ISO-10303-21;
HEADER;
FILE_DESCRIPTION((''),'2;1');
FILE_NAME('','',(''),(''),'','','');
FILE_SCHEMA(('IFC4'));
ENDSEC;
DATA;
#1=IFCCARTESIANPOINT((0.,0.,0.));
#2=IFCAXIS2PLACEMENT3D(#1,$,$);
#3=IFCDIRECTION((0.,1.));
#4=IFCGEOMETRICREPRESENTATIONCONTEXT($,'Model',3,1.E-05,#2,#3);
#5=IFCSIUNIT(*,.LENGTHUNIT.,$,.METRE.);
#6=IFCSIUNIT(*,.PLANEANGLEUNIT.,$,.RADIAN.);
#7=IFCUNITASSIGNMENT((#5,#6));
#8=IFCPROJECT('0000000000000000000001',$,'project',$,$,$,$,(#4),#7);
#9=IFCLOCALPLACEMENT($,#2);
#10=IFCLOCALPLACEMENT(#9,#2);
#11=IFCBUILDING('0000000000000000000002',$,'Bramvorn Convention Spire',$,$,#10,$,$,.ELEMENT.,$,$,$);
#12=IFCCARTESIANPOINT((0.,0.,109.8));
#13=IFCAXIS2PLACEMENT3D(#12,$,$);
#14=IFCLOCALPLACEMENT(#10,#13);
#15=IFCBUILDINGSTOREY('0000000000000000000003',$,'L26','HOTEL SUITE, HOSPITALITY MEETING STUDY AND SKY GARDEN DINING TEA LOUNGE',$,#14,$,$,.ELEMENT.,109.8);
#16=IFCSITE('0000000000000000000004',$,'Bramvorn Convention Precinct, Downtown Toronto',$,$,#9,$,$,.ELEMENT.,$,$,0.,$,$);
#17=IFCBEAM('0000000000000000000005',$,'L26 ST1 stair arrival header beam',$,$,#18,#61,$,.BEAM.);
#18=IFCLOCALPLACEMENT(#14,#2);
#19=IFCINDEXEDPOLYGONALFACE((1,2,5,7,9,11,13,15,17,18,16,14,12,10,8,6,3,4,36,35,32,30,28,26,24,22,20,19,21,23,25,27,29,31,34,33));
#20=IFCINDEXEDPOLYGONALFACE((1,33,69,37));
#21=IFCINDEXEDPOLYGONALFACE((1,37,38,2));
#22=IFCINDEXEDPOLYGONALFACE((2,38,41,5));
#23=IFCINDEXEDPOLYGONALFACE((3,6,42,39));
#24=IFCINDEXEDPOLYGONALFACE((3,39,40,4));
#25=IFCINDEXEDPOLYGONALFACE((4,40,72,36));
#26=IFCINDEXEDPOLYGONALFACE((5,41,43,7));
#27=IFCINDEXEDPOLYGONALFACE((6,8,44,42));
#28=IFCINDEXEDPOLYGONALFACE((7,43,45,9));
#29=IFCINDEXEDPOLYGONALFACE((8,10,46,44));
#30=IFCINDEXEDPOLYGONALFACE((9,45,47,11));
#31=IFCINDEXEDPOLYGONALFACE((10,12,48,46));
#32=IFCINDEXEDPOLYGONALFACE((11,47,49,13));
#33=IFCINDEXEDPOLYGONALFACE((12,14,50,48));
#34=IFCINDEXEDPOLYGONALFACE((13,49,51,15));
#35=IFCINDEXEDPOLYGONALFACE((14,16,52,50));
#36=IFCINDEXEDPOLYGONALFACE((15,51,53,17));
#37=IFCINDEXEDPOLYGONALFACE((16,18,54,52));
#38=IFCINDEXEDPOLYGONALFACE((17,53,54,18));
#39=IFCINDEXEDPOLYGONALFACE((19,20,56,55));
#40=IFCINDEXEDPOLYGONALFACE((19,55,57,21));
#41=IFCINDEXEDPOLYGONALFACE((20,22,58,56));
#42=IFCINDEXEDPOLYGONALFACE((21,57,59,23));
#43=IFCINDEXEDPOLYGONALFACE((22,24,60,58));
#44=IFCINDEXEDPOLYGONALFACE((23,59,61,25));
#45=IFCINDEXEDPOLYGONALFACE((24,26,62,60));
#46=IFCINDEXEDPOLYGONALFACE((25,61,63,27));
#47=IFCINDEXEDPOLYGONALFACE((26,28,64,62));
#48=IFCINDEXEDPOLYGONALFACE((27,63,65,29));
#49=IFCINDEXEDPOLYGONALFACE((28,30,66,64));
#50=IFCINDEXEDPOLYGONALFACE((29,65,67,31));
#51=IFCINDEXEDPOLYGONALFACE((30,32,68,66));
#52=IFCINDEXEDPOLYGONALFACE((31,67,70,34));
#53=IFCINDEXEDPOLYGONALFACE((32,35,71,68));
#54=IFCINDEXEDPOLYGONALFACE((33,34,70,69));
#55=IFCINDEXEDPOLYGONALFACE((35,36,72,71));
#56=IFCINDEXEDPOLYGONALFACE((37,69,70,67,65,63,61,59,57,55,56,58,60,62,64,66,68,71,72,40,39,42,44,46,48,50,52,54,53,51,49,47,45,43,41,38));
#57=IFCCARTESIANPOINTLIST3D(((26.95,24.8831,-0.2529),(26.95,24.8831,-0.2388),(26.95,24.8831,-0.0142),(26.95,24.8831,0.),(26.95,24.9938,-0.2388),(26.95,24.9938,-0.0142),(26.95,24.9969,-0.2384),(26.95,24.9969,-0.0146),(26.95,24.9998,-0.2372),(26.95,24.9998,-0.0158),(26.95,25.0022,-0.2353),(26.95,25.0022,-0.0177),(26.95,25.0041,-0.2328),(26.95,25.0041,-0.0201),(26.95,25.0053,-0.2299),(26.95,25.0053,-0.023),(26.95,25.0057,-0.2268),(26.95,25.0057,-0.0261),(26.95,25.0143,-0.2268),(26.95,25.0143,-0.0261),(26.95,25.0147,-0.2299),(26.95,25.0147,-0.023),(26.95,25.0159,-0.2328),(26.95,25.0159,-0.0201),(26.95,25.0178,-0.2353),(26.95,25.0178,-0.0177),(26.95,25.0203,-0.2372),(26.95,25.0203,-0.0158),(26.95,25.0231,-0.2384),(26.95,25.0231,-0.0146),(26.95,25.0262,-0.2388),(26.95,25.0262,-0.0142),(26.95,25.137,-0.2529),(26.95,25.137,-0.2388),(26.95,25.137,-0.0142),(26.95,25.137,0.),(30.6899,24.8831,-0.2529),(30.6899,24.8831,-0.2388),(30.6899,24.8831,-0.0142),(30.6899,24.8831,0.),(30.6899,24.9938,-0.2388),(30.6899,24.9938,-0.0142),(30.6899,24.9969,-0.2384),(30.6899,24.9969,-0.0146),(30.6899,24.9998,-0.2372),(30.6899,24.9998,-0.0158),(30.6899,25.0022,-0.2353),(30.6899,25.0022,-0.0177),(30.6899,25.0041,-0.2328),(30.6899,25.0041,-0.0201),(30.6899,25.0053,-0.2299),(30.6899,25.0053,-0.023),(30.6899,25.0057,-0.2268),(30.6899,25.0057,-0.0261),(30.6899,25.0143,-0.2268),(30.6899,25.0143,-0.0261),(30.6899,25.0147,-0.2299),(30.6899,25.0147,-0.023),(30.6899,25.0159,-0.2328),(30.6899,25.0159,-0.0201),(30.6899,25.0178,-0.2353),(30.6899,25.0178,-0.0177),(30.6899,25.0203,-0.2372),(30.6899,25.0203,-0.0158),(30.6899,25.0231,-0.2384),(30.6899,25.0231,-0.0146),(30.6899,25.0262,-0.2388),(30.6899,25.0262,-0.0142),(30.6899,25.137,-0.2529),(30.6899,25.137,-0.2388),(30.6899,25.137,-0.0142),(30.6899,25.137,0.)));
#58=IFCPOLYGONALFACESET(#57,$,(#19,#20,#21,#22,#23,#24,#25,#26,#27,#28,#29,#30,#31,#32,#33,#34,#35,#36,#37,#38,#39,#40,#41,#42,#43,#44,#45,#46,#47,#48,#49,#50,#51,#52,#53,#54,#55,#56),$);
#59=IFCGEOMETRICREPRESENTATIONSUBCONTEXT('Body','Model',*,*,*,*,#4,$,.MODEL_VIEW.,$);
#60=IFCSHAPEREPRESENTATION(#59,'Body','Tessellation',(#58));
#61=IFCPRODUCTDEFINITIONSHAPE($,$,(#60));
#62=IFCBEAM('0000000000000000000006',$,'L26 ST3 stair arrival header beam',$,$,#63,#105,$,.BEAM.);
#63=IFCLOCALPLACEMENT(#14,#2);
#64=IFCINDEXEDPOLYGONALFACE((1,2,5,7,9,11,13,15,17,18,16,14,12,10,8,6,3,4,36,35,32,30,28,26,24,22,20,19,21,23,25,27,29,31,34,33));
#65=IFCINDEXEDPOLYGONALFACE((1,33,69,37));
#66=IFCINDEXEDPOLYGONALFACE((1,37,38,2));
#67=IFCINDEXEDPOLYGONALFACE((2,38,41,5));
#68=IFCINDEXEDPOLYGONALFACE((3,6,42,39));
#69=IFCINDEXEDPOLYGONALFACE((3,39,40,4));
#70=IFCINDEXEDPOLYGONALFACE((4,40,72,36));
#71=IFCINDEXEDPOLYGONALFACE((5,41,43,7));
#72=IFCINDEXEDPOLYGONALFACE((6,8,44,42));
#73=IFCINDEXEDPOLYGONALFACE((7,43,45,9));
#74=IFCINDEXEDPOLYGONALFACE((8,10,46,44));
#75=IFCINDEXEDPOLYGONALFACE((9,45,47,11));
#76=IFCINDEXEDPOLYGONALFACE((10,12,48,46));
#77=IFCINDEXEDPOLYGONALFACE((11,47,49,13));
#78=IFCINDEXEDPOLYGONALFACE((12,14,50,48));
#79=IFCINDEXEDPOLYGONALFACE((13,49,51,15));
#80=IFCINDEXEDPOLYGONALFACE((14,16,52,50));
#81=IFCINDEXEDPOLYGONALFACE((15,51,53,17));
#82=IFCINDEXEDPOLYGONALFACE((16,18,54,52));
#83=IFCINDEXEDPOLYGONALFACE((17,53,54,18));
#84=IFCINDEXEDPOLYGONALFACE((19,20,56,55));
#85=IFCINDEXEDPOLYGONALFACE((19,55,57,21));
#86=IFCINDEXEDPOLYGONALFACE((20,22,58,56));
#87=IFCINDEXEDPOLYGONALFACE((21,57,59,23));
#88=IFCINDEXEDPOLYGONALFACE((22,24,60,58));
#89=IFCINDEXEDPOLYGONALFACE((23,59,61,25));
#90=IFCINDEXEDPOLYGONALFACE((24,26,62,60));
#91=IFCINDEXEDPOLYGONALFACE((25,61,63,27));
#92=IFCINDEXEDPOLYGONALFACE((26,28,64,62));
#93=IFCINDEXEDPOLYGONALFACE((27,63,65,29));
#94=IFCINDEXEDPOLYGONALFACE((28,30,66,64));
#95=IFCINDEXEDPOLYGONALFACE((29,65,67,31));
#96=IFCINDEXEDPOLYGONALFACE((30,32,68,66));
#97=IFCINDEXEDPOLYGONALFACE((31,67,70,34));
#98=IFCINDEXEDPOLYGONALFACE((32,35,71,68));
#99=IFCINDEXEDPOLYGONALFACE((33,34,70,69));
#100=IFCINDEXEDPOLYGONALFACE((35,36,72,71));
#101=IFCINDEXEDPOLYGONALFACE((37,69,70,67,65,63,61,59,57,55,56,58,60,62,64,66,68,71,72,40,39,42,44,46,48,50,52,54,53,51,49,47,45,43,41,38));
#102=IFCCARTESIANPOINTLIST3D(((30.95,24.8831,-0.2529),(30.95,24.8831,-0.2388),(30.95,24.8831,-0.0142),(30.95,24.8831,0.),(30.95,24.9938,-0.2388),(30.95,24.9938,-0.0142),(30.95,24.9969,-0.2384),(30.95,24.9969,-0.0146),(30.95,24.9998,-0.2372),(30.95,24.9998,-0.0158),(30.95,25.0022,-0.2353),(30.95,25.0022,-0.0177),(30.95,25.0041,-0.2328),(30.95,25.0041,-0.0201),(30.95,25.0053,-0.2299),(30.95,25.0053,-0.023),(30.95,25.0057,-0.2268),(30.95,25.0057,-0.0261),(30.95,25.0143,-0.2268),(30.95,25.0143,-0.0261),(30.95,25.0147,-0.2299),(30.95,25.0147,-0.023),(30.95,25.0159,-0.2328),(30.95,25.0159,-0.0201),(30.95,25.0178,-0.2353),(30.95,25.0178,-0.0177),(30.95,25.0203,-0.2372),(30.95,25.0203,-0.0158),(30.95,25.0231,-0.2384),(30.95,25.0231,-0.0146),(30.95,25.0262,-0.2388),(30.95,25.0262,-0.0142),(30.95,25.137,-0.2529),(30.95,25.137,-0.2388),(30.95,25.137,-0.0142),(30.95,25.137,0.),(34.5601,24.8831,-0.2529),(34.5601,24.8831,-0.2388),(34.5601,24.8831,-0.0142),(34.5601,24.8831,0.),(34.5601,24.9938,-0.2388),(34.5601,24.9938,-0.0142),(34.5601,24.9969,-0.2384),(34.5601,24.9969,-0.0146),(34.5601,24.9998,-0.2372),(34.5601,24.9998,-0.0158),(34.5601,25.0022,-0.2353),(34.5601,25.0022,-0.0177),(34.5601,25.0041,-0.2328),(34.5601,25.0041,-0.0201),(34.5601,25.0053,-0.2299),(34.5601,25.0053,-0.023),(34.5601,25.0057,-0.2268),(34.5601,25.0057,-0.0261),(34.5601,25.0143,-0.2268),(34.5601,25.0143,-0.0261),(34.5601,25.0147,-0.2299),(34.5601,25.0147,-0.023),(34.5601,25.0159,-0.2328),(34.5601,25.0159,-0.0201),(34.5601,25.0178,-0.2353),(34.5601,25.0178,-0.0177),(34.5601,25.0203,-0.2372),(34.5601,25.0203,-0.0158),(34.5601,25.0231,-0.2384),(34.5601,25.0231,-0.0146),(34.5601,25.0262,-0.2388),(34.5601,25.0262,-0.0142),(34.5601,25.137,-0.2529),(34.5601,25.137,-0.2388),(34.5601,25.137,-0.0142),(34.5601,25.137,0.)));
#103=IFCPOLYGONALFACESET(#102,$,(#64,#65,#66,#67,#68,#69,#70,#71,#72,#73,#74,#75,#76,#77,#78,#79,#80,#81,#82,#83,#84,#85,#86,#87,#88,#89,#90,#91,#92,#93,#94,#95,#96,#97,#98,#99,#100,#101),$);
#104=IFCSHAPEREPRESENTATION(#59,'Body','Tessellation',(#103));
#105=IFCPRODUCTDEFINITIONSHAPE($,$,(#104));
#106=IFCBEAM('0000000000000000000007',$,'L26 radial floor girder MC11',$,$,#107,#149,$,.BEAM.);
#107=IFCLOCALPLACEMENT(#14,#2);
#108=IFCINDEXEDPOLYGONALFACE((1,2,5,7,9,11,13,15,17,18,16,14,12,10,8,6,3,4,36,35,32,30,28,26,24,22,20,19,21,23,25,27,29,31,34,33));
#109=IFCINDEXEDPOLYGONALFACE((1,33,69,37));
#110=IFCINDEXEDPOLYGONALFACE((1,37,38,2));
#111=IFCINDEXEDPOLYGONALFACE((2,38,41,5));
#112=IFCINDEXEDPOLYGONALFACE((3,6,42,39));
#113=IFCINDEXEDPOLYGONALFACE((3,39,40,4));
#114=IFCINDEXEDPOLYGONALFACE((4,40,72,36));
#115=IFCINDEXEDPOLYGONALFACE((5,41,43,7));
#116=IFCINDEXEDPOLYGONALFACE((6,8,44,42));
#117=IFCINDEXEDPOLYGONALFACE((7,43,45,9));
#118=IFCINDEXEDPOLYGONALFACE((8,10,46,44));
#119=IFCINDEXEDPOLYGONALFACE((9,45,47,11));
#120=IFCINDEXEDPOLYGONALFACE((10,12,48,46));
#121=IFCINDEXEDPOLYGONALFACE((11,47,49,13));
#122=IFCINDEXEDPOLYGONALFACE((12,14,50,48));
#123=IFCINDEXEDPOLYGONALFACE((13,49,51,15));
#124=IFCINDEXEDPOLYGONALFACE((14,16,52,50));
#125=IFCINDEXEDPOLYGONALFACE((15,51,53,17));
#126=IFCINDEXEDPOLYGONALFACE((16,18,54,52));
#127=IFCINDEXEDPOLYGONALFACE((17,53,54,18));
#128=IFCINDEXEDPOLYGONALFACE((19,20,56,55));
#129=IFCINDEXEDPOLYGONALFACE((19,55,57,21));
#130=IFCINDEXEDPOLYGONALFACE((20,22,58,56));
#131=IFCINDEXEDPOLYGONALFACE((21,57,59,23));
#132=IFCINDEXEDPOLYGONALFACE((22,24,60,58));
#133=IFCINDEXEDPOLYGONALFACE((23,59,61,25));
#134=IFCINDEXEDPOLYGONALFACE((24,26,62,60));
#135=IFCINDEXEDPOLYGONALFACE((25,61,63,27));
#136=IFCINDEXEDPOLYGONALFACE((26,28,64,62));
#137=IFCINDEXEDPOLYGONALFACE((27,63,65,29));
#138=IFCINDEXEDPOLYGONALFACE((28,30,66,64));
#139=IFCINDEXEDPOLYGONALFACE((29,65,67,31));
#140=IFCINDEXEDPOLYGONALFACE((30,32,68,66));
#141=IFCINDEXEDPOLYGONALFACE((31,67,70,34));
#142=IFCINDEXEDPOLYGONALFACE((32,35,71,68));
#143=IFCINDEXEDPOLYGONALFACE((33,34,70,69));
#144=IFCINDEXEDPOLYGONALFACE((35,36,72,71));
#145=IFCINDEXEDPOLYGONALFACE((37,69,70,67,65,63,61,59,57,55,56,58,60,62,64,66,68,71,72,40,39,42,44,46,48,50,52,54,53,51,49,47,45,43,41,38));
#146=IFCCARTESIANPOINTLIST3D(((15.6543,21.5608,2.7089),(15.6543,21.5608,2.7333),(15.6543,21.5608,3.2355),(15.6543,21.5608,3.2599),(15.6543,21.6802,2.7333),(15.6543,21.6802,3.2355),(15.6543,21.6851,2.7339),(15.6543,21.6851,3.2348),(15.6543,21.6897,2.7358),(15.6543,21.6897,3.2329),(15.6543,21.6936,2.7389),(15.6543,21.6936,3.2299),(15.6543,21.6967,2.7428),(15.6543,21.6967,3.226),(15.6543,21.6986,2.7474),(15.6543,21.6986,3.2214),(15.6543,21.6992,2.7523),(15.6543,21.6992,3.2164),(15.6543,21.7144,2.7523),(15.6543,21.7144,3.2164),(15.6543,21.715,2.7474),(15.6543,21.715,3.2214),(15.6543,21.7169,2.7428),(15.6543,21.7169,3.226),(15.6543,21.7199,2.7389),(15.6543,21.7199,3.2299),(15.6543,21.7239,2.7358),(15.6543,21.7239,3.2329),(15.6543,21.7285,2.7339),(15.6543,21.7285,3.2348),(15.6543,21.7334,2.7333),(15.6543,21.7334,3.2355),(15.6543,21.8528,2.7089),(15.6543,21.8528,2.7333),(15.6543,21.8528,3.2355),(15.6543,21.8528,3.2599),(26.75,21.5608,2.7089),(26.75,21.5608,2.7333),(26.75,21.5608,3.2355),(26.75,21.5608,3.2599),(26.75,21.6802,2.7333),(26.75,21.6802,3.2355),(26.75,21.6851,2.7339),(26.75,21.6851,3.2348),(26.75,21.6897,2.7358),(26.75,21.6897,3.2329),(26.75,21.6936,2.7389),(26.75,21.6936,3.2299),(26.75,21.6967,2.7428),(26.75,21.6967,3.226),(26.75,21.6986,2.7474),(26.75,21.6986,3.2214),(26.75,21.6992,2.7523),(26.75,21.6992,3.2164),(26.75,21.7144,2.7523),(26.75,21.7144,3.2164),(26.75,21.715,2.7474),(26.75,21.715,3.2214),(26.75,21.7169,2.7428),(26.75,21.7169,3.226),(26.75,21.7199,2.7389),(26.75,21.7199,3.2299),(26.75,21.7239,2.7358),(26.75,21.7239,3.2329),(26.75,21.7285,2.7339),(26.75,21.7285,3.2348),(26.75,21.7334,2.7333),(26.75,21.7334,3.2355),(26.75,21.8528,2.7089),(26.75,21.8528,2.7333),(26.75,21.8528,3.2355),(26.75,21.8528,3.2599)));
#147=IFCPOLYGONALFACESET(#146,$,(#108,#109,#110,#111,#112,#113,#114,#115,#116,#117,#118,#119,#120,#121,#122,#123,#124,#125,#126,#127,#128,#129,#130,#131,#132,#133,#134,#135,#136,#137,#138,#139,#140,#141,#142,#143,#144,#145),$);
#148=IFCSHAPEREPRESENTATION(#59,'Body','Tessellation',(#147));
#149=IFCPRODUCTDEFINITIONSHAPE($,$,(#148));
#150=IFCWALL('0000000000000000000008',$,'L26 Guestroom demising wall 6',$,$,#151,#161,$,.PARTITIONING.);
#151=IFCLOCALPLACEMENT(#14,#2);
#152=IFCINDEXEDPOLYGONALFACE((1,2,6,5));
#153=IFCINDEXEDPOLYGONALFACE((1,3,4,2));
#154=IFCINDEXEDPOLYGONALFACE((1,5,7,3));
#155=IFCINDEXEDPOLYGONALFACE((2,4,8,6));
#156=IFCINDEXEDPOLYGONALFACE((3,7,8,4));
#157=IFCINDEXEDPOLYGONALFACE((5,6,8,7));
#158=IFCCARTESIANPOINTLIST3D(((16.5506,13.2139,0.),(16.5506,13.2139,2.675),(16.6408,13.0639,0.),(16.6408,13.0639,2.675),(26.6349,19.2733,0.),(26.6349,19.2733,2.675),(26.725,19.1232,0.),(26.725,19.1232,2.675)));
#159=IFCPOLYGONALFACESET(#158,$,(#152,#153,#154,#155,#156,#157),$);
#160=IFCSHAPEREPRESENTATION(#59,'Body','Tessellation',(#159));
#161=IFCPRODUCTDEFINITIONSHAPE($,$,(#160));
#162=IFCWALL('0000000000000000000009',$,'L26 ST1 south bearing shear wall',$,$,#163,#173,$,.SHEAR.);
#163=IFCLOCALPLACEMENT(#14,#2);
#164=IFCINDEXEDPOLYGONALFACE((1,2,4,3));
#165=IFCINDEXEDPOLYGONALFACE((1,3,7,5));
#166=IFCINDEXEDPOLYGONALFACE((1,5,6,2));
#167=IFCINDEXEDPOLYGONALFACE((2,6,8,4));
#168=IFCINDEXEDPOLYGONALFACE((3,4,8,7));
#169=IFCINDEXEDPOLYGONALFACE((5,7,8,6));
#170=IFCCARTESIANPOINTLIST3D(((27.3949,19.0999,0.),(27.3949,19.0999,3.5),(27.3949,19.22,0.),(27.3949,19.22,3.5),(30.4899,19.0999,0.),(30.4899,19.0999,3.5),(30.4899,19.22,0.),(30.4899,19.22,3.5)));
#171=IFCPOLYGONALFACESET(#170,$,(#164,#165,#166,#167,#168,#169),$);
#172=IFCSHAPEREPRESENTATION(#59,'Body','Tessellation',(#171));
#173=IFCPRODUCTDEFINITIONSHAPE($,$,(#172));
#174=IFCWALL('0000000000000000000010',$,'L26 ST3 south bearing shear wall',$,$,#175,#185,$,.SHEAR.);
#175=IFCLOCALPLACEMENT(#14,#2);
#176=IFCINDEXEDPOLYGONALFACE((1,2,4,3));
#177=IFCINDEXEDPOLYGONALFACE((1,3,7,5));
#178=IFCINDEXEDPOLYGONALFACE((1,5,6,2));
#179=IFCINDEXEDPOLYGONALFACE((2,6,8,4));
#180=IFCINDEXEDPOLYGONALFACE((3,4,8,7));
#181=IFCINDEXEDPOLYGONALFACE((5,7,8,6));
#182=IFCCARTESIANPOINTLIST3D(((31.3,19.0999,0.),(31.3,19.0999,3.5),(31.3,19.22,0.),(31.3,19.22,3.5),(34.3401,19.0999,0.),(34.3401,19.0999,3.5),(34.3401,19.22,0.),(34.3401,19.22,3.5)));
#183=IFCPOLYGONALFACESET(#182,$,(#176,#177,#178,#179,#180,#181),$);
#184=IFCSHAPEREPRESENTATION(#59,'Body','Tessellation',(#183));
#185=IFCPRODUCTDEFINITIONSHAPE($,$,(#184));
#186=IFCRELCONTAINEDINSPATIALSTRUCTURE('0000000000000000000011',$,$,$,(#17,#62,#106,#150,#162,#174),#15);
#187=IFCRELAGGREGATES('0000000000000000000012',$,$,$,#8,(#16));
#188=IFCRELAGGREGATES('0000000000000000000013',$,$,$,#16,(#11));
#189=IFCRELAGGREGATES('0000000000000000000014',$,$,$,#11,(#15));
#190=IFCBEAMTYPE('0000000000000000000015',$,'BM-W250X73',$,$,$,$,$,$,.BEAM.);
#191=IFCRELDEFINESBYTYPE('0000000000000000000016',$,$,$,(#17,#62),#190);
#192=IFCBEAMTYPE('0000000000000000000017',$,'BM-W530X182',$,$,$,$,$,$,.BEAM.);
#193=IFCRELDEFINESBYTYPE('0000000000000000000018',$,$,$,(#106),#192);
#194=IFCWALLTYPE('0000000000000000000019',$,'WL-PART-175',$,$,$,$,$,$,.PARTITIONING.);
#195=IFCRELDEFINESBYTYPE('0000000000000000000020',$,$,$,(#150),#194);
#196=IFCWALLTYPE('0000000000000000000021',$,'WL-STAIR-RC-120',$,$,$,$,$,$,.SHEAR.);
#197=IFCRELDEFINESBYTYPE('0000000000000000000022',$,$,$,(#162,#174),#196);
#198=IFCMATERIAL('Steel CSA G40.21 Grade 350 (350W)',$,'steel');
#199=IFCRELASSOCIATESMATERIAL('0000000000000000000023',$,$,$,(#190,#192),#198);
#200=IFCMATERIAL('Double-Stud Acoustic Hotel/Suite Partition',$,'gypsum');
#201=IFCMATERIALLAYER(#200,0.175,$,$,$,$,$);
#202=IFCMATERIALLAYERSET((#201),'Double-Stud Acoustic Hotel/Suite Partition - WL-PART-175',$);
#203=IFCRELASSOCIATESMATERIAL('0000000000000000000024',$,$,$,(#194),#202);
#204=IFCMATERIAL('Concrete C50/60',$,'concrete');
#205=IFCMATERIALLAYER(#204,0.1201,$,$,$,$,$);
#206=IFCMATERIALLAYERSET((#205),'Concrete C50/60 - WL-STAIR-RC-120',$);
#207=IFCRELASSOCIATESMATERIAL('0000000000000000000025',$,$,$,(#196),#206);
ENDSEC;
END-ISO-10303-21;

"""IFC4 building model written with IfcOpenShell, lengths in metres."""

from ifc_helpers import new_model, si_unit, direction, frame, frame_2d, origin, origin_2d, place, context, subcontext, project, spatial, rectangle, i_section, extrude, material, layer, layer_set, material_profile, profile_set, type_object, element, save


model = new_model("IFC4")

# Units and contexts
model_context = context("Model", 3, precision=1e-05, world=origin(), true_north=direction((0.0, 1.0)))
body_context = subcontext(model_context, "Body", "Model", "MODEL_VIEW")
ifc_project = project(units=[si_unit("LENGTHUNIT", "METRE"), si_unit("PLANEANGLEUNIT", "RADIAN")], contexts=[model_context])

# Site, building, storey
site_placement = place(None, origin())
site = spatial("IfcSite", under=ifc_project, at=site_placement, Name="Bramvorn Convention Precinct, Downtown Toronto", CompositionType="ELEMENT", RefElevation=0.0)
building_placement = place(site_placement, origin())
building = spatial("IfcBuilding", under=site, at=building_placement, Name="Bramvorn Convention Spire", CompositionType="ELEMENT")
storey_placement = place(building_placement, frame((0.0, 0.0, 109.8)))
storey = spatial("IfcBuildingStorey", under=building, at=storey_placement, Name="L26", Description="HOTEL SUITE, HOSPITALITY MEETING STUDY AND SKY GARDEN DINING TEA LOUNGE", CompositionType="ELEMENT", Elevation=109.8)

# Beams
ifc_material_1 = material(Name="Steel CSA G40.21 Grade 350 (350W)", Category="steel")
ifc_material_profile_1 = material_profile(ifc_material_1, i_section(OverallWidth=0.2539, OverallDepth=0.2529, WebThickness=0.0085, FlangeThickness=0.0142, FilletRadius=0.012, at=origin_2d()))
ifc_profile_set_1 = profile_set([ifc_material_profile_1], Name="Steel CSA G40.21 Grade 350 (350W) - W250X73")
beam_type_1 = type_object("IfcBeamType", Name="BM-W250X73", PredefinedType="BEAM", material=ifc_profile_set_1)
beam_1_placement = place(storey_placement, frame((26.95, 25.01, -0.1265), z_axis=(1.0, 0.0, 0.0), x_axis=(0.0, 1.0, 0.0)))
element("IfcBeam", 1, at=beam_1_placement, inside=storey, type_object=beam_type_1, Name="L26 ST1 stair arrival header beam", PredefinedType="BEAM", context=body_context, shape_type="SweptSolid", body=[
    extrude(i_section(OverallWidth=0.2539, OverallDepth=0.2529, WebThickness=0.0085, FlangeThickness=0.0142, FilletRadius=0.012, at=origin_2d()), origin(), (0.0, 0.0, 1.0), 3.74),
])
beam_2_placement = place(storey_placement, frame((30.95, 25.01, -0.1265), z_axis=(1.0, 0.0, 0.0), x_axis=(0.0, 1.0, 0.0)))
element("IfcBeam", 2, at=beam_2_placement, inside=storey, type_object=beam_type_1, Name="L26 ST3 stair arrival header beam", PredefinedType="BEAM", context=body_context, shape_type="SweptSolid", body=[
    extrude(i_section(OverallWidth=0.2539, OverallDepth=0.2529, WebThickness=0.0085, FlangeThickness=0.0142, FilletRadius=0.012, at=origin_2d()), origin(), (0.0, 0.0, 1.0), 3.6101),
])
ifc_material_profile_2 = material_profile(ifc_material_1, i_section(OverallWidth=0.292, OverallDepth=0.551, WebThickness=0.0151, FlangeThickness=0.0244, FilletRadius=0.019, at=origin_2d()))
ifc_profile_set_2 = profile_set([ifc_material_profile_2], Name="Steel CSA G40.21 Grade 350 (350W) - W530X182")
beam_type_2 = type_object("IfcBeamType", Name="BM-W530X182", PredefinedType="BEAM", material=ifc_profile_set_2)
beam_3_placement = place(storey_placement, frame((26.75, 21.7068, 2.9844), z_axis=(-1.0, 0.0, 0.0), x_axis=(0.0, -1.0, 0.0)))
element("IfcBeam", 3, at=beam_3_placement, inside=storey, type_object=beam_type_2, Name="L26 radial floor girder MC11", PredefinedType="BEAM", context=body_context, shape_type="SweptSolid", body=[
    extrude(i_section(OverallWidth=0.292, OverallDepth=0.551, WebThickness=0.0151, FlangeThickness=0.0244, FilletRadius=0.019, at=origin_2d()), origin(), (0.0, 0.0, 1.0), 11.0957),
])

# Walls
ifc_material_2 = material(Name="Double-Stud Acoustic Hotel/Suite Partition", Category="gypsum")
ifc_layer_1 = layer(ifc_material_2, 0.175)
ifc_layer_set_1 = layer_set([ifc_layer_1], Name="Double-Stud Acoustic Hotel/Suite Partition - WL-PART-175")
wall_type_1 = type_object("IfcWallType", Name="WL-PART-175", PredefinedType="PARTITIONING", material=ifc_layer_set_1)
wall_1_placement = place(storey_placement, frame((26.6799, 19.1982, 0.0), z_axis=(0.0, 0.0, 1.0), x_axis=(-0.857163, -0.515045, 0.0)))
element("IfcWall", 4, at=wall_1_placement, inside=storey, type_object=wall_type_1, Name="L26 Guestroom demising wall 6", PredefinedType="PARTITIONING", context=body_context, shape_type="SweptSolid", body=[
    extrude(rectangle(XDim=11.7646, YDim=0.175, at=frame_2d((5.8823, 0.0))), origin(), (0.0, 0.0, 1.0), 2.675),
])
ifc_material_3 = material(Name="Concrete C50/60", Category="concrete")
ifc_layer_2 = layer(ifc_material_3, 0.1201)
ifc_layer_set_2 = layer_set([ifc_layer_2], Name="Concrete C50/60 - WL-STAIR-RC-120")
wall_type_2 = type_object("IfcWallType", Name="WL-STAIR-RC-120", PredefinedType="SHEAR", material=ifc_layer_set_2)
wall_2_placement = place(storey_placement, frame((27.395, 19.1599, 0.0), z_axis=(0.0, 0.0, 1.0), x_axis=(1.0, 0.0, 0.0)))
element("IfcWall", 5, at=wall_2_placement, inside=storey, type_object=wall_type_2, Name="L26 ST1 south bearing shear wall", PredefinedType="SHEAR", context=body_context, shape_type="SweptSolid", body=[
    extrude(rectangle(XDim=3.095, YDim=0.1201, at=frame_2d((1.5474, 0.0))), origin(), (0.0, 0.0, 1.0), 3.5),
])
wall_3_placement = place(storey_placement, frame((31.3, 19.1599, 0.0), z_axis=(0.0, 0.0, 1.0), x_axis=(1.0, 0.0, 0.0)))
element("IfcWall", 6, at=wall_3_placement, inside=storey, type_object=wall_type_2, Name="L26 ST3 south bearing shear wall", PredefinedType="SHEAR", context=body_context, shape_type="SweptSolid", body=[
    extrude(rectangle(XDim=3.04, YDim=0.1201, at=frame_2d((1.52, 0.0))), origin(), (0.0, 0.0, 1.0), 3.5),
])

save(model, "model.ifc")
